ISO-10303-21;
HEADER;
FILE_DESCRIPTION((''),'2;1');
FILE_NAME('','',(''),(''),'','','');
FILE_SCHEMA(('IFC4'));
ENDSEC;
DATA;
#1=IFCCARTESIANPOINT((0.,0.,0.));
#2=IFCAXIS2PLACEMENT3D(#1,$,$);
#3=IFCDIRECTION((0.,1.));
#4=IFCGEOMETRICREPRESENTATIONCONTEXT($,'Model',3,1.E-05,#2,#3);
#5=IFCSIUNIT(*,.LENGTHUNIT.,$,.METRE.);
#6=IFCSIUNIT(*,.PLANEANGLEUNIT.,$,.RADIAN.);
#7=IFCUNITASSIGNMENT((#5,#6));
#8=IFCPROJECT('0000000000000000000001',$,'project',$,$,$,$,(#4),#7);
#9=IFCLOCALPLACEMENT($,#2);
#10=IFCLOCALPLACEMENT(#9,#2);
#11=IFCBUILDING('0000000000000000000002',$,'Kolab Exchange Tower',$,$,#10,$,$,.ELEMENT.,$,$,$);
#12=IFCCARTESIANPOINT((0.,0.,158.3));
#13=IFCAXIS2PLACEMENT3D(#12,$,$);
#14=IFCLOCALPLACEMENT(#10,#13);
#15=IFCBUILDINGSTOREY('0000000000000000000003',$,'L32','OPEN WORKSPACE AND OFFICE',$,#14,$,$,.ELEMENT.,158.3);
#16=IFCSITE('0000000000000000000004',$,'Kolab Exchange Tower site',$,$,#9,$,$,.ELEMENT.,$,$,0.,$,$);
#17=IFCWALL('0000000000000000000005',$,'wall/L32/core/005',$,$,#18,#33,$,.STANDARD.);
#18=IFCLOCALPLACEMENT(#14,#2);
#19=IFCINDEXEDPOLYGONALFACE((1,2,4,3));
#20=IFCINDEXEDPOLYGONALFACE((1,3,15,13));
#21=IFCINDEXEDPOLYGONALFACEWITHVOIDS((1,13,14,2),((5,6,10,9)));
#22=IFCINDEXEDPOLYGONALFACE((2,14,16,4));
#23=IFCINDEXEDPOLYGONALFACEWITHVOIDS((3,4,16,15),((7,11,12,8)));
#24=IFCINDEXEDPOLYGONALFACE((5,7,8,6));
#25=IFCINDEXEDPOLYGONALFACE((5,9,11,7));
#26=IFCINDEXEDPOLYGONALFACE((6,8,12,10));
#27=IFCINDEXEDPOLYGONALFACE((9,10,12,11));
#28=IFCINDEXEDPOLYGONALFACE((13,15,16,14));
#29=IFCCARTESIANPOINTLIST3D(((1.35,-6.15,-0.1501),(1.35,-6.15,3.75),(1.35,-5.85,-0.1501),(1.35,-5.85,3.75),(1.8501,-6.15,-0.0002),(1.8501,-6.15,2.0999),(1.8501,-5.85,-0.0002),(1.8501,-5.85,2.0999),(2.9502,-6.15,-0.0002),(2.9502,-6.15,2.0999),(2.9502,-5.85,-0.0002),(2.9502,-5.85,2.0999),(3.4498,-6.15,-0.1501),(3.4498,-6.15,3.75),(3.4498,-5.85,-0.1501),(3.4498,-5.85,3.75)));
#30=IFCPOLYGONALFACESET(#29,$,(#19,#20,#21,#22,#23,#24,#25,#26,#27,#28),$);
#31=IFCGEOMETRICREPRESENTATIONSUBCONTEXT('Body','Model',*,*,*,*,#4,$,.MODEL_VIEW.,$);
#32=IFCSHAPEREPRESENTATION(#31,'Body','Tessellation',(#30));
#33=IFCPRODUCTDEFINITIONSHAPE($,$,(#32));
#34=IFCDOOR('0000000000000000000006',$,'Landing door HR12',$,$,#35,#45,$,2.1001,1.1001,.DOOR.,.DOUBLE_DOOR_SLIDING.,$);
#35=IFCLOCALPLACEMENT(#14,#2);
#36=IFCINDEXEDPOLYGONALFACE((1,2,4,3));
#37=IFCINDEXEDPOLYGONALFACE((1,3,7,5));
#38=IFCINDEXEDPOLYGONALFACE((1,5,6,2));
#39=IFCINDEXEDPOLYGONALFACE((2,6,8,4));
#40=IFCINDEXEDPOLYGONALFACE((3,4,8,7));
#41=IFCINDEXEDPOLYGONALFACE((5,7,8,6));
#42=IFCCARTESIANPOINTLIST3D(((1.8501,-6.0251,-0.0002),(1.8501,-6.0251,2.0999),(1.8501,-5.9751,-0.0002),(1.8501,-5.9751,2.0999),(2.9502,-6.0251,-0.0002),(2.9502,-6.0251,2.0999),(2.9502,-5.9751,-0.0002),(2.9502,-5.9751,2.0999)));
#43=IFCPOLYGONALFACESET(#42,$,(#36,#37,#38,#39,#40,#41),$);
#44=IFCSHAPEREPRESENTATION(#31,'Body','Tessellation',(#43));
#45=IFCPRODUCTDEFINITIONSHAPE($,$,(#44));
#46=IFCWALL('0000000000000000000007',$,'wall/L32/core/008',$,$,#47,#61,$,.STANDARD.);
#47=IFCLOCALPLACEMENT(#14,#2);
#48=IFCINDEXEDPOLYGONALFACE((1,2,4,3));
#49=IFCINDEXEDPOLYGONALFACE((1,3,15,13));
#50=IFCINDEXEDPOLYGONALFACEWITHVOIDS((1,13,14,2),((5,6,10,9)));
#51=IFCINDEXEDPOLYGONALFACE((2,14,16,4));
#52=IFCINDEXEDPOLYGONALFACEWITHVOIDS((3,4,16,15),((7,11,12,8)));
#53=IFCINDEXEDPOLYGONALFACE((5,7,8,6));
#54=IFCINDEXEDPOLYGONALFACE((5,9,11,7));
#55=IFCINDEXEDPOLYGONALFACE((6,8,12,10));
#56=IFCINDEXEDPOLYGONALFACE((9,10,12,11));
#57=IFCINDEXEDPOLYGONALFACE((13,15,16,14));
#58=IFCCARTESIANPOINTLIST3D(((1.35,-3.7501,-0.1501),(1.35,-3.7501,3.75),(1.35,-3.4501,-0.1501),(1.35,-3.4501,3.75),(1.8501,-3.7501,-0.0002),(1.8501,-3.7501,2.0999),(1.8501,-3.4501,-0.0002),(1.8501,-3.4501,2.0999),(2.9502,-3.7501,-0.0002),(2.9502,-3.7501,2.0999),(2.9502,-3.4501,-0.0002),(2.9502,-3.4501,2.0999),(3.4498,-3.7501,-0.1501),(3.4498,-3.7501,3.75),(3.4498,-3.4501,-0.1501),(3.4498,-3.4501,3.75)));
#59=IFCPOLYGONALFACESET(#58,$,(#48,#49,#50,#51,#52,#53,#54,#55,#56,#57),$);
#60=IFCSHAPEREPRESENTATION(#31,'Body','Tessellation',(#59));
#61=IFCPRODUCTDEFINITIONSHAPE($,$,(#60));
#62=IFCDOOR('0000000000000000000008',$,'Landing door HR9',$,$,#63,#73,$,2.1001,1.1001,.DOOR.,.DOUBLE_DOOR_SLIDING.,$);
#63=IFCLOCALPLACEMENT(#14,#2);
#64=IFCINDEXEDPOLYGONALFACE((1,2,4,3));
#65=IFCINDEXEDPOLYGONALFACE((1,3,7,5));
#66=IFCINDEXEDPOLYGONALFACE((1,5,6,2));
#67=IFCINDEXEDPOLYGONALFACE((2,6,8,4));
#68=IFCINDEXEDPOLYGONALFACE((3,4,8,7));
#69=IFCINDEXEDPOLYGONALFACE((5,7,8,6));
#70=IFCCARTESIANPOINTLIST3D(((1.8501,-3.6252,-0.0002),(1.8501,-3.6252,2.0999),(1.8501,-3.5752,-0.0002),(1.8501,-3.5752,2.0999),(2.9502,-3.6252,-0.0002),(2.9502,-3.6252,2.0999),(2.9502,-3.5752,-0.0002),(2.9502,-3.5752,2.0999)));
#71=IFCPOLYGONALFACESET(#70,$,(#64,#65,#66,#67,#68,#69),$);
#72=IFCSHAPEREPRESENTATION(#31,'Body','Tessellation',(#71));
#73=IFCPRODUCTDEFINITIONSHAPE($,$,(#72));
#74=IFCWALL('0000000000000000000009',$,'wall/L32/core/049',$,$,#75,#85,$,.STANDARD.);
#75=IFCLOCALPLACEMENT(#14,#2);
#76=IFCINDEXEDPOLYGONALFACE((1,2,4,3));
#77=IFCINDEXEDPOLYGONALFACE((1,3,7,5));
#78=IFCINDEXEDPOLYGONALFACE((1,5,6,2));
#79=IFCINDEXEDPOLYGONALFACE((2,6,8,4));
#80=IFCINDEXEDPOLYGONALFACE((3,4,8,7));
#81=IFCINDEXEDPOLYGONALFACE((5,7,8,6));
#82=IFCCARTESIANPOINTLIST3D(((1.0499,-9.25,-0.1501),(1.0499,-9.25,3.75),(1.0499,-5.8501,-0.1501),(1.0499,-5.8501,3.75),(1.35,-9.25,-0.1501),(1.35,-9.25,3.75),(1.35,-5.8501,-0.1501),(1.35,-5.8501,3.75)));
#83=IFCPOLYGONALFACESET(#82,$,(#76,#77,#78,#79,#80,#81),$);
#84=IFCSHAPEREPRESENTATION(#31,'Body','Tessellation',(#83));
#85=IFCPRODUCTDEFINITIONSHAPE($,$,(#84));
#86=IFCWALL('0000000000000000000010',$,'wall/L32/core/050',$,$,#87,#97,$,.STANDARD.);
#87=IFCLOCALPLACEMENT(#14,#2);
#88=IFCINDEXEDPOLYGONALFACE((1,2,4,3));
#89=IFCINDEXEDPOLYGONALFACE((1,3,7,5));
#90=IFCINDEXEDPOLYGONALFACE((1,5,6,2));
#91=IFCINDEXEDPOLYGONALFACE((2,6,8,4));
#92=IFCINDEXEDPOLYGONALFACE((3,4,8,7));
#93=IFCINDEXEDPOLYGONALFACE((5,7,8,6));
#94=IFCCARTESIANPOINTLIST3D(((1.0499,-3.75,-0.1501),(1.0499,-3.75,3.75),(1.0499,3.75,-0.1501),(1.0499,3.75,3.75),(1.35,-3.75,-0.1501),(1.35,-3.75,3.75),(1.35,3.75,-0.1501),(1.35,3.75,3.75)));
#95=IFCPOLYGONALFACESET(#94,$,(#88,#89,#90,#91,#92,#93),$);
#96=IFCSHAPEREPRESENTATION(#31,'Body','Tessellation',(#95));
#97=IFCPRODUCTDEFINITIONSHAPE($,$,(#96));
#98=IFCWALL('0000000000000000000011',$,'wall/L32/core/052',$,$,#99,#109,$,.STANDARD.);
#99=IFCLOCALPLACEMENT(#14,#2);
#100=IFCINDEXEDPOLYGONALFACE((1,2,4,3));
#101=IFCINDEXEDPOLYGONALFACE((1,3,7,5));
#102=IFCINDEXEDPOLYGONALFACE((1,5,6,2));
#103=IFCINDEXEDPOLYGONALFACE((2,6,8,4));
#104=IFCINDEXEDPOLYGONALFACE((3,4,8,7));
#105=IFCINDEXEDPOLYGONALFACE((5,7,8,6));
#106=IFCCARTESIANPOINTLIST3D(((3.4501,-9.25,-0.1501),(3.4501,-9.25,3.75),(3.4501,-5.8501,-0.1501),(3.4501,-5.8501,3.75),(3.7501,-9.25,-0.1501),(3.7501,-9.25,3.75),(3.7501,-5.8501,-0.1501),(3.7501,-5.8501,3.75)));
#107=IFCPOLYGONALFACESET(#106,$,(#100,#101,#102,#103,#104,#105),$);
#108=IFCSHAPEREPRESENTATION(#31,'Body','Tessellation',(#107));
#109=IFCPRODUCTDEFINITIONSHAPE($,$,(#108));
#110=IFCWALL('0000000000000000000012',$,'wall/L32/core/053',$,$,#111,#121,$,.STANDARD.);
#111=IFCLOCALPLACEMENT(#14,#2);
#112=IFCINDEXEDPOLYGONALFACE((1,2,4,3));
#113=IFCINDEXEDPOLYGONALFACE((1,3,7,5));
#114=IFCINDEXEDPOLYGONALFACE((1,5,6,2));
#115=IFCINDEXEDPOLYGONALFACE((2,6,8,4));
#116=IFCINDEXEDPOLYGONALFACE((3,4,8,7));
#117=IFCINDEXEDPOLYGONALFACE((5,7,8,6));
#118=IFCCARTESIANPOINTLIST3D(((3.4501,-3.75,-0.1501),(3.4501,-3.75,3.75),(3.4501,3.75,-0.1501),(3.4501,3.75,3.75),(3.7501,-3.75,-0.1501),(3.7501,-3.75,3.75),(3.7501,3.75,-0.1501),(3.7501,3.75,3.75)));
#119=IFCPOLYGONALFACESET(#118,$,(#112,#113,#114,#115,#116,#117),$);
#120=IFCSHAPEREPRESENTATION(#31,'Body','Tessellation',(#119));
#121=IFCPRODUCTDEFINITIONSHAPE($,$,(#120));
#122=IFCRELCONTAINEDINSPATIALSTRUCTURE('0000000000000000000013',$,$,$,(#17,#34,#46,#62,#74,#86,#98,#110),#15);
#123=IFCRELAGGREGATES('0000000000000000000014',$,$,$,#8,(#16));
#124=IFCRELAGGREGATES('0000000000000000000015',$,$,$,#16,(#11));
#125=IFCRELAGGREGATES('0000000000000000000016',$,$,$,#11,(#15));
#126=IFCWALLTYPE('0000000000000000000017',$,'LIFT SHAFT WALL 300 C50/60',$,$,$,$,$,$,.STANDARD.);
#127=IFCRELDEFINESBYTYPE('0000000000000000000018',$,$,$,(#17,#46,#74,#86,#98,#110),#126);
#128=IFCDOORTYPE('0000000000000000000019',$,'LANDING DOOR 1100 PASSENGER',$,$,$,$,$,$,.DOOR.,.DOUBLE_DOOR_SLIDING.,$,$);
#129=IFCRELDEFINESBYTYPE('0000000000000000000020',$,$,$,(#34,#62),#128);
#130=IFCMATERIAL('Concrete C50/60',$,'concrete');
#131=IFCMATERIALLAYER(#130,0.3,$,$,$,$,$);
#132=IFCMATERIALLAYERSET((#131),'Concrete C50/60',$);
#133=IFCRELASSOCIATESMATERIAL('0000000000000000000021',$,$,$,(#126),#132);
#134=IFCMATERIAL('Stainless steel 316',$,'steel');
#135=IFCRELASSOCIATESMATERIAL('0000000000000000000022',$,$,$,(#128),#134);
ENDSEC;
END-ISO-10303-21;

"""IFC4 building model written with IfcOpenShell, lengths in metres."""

from ifc_helpers import new_model, si_unit, direction, frame, frame_2d, origin, place, context, subcontext, project, spatial, rectangle, extrude, material, layer, layer_set, type_object, element, fill, save


model = new_model("IFC4")

# Units and contexts
model_context = context("Model", 3, precision=1e-05, world=origin(), true_north=direction((0.0, 1.0)))
body_context = subcontext(model_context, "Body", "Model", "MODEL_VIEW")
ifc_project = project(units=[si_unit("LENGTHUNIT", "METRE"), si_unit("PLANEANGLEUNIT", "RADIAN")], contexts=[model_context])

# Site, building, storey
site_placement = place(None, origin())
site = spatial("IfcSite", under=ifc_project, at=site_placement, Name="Kolab Exchange Tower site", CompositionType="ELEMENT", RefElevation=0.0)
building_placement = place(site_placement, origin())
building = spatial("IfcBuilding", under=site, at=building_placement, Name="Kolab Exchange Tower", CompositionType="ELEMENT")
storey_placement = place(building_placement, frame((0.0, 0.0, 158.3)))
storey = spatial("IfcBuildingStorey", under=building, at=storey_placement, Name="L32", Description="OPEN WORKSPACE AND OFFICE", CompositionType="ELEMENT", Elevation=158.3)

# Walls, openings, doors
ifc_material_1 = material(Name="Concrete C50/60", Category="concrete")
ifc_layer_1 = layer(ifc_material_1, 0.3)
ifc_layer_set_1 = layer_set([ifc_layer_1], Name="Concrete C50/60")
wall_type_1 = type_object("IfcWallType", Name="LIFT SHAFT WALL 300 C50/60", PredefinedType="STANDARD", material=ifc_layer_set_1)
wall_1_placement = place(storey_placement, frame((1.3501, -6.0, -0.1501), z_axis=(0.0, 0.0, 1.0), x_axis=(1.0, 0.0, 0.0)))
wall_1 = element("IfcWall", 1, at=wall_1_placement, inside=storey, type_object=wall_type_1, Name="wall/L32/core/005", PredefinedType="STANDARD", context=body_context, shape_type="SweptSolid", body=[
    extrude(rectangle(XDim=2.0999, YDim=0.3, at=frame_2d((1.0498, 0.0))), origin(), (0.0, 0.0, 1.0), 3.9001),
])
opening_1_placement = place(wall_1_placement, frame((0.5, 0.0, 0.1499)))
opening_1 = element("IfcOpeningElement", 2, at=opening_1_placement, cuts=wall_1, PredefinedType="OPENING", context=body_context, shape_type="SweptSolid", body=[
    extrude(rectangle(XDim=1.1001, YDim=2.1001, at=frame_2d((0.55, 1.05))), frame((0.0, 0.1602, 0.0), z_axis=(0.0, -1.0, 0.0), x_axis=(1.0, 0.0, 0.0)), (0.0, 0.0, 1.0), 0.3201),
])
ifc_material_2 = material(Name="Stainless steel 316", Category="steel")
door_type_1 = type_object("IfcDoorType", Name="LANDING DOOR 1100 PASSENGER", OperationType="DOUBLE_DOOR_SLIDING", PredefinedType="DOOR", material=ifc_material_2)
door_1_placement = place(opening_1_placement, origin())
door_1 = element("IfcDoor", 3, at=door_1_placement, inside=storey, type_object=door_type_1, Name="Landing door HR12", OperationType="DOUBLE_DOOR_SLIDING", OverallHeight=2.1001, OverallWidth=1.1001, PredefinedType="DOOR", context=body_context, shape_type="SweptSolid", body=[
    extrude(rectangle(XDim=1.1001, YDim=2.1001, at=frame_2d((0.55, 1.05))), frame((0.0, 0.0249, 0.0), z_axis=(0.0, -1.0, 0.0), x_axis=(1.0, 0.0, 0.0)), (0.0, 0.0, 1.0), 0.05),
])
fill(opening_1, door_1)
wall_2_placement = place(storey_placement, frame((1.3501, -3.6001, -0.1501), z_axis=(0.0, 0.0, 1.0), x_axis=(1.0, 0.0, 0.0)))
wall_2 = element("IfcWall", 4, at=wall_2_placement, inside=storey, type_object=wall_type_1, Name="wall/L32/core/008", PredefinedType="STANDARD", context=body_context, shape_type="SweptSolid", body=[
    extrude(rectangle(XDim=2.0999, YDim=0.3, at=frame_2d((1.0498, 0.0))), origin(), (0.0, 0.0, 1.0), 3.9001),
])
opening_2_placement = place(wall_2_placement, frame((0.5, 0.0, 0.1499)))
opening_2 = element("IfcOpeningElement", 5, at=opening_2_placement, cuts=wall_2, PredefinedType="OPENING", context=body_context, shape_type="SweptSolid", body=[
    extrude(rectangle(XDim=1.1001, YDim=2.1001, at=frame_2d((0.55, 1.05))), frame((0.0, 0.1602, 0.0), z_axis=(0.0, -1.0, 0.0), x_axis=(1.0, 0.0, 0.0)), (0.0, 0.0, 1.0), 0.3201),
])
door_2_placement = place(opening_2_placement, origin())
door_2 = element("IfcDoor", 6, at=door_2_placement, inside=storey, type_object=door_type_1, Name="Landing door HR9", OperationType="DOUBLE_DOOR_SLIDING", OverallHeight=2.1001, OverallWidth=1.1001, PredefinedType="DOOR", context=body_context, shape_type="SweptSolid", body=[
    extrude(rectangle(XDim=1.1001, YDim=2.1001, at=frame_2d((0.55, 1.05))), frame((0.0, 0.0249, 0.0), z_axis=(0.0, -1.0, 0.0), x_axis=(1.0, 0.0, 0.0)), (0.0, 0.0, 1.0), 0.05),
])
fill(opening_2, door_2)

# Walls
wall_3_placement = place(storey_placement, frame((1.2, -9.25, -0.1501), z_axis=(0.0, 0.0, 1.0), x_axis=(0.0, 1.0, 0.0)))
element("IfcWall", 7, at=wall_3_placement, inside=storey, type_object=wall_type_1, Name="wall/L32/core/049", PredefinedType="STANDARD", context=body_context, shape_type="SweptSolid", body=[
    extrude(rectangle(XDim=3.3999, YDim=0.3, at=frame_2d((1.7, 0.0))), origin(), (0.0, 0.0, 1.0), 3.9001),
])
wall_4_placement = place(storey_placement, frame((1.2, -3.75, -0.1501), z_axis=(0.0, 0.0, 1.0), x_axis=(0.0, 1.0, 0.0)))
element("IfcWall", 8, at=wall_4_placement, inside=storey, type_object=wall_type_1, Name="wall/L32/core/050", PredefinedType="STANDARD", context=body_context, shape_type="SweptSolid", body=[
    extrude(rectangle(XDim=7.5, YDim=0.3, at=frame_2d((3.75, 0.0))), origin(), (0.0, 0.0, 1.0), 3.9001),
])
wall_5_placement = place(storey_placement, frame((3.6001, -9.25, -0.1501), z_axis=(0.0, 0.0, 1.0), x_axis=(0.0, 1.0, 0.0)))
element("IfcWall", 9, at=wall_5_placement, inside=storey, type_object=wall_type_1, Name="wall/L32/core/052", PredefinedType="STANDARD", context=body_context, shape_type="SweptSolid", body=[
    extrude(rectangle(XDim=3.3999, YDim=0.3, at=frame_2d((1.7, 0.0))), origin(), (0.0, 0.0, 1.0), 3.9001),
])
wall_6_placement = place(storey_placement, frame((3.6001, -3.75, -0.1501), z_axis=(0.0, 0.0, 1.0), x_axis=(0.0, 1.0, 0.0)))
element("IfcWall", 10, at=wall_6_placement, inside=storey, type_object=wall_type_1, Name="wall/L32/core/053", PredefinedType="STANDARD", context=body_context, shape_type="SweptSolid", body=[
    extrude(rectangle(XDim=7.5, YDim=0.3, at=frame_2d((3.75, 0.0))), origin(), (0.0, 0.0, 1.0), 3.9001),
])

save(model, "model.ifc")
